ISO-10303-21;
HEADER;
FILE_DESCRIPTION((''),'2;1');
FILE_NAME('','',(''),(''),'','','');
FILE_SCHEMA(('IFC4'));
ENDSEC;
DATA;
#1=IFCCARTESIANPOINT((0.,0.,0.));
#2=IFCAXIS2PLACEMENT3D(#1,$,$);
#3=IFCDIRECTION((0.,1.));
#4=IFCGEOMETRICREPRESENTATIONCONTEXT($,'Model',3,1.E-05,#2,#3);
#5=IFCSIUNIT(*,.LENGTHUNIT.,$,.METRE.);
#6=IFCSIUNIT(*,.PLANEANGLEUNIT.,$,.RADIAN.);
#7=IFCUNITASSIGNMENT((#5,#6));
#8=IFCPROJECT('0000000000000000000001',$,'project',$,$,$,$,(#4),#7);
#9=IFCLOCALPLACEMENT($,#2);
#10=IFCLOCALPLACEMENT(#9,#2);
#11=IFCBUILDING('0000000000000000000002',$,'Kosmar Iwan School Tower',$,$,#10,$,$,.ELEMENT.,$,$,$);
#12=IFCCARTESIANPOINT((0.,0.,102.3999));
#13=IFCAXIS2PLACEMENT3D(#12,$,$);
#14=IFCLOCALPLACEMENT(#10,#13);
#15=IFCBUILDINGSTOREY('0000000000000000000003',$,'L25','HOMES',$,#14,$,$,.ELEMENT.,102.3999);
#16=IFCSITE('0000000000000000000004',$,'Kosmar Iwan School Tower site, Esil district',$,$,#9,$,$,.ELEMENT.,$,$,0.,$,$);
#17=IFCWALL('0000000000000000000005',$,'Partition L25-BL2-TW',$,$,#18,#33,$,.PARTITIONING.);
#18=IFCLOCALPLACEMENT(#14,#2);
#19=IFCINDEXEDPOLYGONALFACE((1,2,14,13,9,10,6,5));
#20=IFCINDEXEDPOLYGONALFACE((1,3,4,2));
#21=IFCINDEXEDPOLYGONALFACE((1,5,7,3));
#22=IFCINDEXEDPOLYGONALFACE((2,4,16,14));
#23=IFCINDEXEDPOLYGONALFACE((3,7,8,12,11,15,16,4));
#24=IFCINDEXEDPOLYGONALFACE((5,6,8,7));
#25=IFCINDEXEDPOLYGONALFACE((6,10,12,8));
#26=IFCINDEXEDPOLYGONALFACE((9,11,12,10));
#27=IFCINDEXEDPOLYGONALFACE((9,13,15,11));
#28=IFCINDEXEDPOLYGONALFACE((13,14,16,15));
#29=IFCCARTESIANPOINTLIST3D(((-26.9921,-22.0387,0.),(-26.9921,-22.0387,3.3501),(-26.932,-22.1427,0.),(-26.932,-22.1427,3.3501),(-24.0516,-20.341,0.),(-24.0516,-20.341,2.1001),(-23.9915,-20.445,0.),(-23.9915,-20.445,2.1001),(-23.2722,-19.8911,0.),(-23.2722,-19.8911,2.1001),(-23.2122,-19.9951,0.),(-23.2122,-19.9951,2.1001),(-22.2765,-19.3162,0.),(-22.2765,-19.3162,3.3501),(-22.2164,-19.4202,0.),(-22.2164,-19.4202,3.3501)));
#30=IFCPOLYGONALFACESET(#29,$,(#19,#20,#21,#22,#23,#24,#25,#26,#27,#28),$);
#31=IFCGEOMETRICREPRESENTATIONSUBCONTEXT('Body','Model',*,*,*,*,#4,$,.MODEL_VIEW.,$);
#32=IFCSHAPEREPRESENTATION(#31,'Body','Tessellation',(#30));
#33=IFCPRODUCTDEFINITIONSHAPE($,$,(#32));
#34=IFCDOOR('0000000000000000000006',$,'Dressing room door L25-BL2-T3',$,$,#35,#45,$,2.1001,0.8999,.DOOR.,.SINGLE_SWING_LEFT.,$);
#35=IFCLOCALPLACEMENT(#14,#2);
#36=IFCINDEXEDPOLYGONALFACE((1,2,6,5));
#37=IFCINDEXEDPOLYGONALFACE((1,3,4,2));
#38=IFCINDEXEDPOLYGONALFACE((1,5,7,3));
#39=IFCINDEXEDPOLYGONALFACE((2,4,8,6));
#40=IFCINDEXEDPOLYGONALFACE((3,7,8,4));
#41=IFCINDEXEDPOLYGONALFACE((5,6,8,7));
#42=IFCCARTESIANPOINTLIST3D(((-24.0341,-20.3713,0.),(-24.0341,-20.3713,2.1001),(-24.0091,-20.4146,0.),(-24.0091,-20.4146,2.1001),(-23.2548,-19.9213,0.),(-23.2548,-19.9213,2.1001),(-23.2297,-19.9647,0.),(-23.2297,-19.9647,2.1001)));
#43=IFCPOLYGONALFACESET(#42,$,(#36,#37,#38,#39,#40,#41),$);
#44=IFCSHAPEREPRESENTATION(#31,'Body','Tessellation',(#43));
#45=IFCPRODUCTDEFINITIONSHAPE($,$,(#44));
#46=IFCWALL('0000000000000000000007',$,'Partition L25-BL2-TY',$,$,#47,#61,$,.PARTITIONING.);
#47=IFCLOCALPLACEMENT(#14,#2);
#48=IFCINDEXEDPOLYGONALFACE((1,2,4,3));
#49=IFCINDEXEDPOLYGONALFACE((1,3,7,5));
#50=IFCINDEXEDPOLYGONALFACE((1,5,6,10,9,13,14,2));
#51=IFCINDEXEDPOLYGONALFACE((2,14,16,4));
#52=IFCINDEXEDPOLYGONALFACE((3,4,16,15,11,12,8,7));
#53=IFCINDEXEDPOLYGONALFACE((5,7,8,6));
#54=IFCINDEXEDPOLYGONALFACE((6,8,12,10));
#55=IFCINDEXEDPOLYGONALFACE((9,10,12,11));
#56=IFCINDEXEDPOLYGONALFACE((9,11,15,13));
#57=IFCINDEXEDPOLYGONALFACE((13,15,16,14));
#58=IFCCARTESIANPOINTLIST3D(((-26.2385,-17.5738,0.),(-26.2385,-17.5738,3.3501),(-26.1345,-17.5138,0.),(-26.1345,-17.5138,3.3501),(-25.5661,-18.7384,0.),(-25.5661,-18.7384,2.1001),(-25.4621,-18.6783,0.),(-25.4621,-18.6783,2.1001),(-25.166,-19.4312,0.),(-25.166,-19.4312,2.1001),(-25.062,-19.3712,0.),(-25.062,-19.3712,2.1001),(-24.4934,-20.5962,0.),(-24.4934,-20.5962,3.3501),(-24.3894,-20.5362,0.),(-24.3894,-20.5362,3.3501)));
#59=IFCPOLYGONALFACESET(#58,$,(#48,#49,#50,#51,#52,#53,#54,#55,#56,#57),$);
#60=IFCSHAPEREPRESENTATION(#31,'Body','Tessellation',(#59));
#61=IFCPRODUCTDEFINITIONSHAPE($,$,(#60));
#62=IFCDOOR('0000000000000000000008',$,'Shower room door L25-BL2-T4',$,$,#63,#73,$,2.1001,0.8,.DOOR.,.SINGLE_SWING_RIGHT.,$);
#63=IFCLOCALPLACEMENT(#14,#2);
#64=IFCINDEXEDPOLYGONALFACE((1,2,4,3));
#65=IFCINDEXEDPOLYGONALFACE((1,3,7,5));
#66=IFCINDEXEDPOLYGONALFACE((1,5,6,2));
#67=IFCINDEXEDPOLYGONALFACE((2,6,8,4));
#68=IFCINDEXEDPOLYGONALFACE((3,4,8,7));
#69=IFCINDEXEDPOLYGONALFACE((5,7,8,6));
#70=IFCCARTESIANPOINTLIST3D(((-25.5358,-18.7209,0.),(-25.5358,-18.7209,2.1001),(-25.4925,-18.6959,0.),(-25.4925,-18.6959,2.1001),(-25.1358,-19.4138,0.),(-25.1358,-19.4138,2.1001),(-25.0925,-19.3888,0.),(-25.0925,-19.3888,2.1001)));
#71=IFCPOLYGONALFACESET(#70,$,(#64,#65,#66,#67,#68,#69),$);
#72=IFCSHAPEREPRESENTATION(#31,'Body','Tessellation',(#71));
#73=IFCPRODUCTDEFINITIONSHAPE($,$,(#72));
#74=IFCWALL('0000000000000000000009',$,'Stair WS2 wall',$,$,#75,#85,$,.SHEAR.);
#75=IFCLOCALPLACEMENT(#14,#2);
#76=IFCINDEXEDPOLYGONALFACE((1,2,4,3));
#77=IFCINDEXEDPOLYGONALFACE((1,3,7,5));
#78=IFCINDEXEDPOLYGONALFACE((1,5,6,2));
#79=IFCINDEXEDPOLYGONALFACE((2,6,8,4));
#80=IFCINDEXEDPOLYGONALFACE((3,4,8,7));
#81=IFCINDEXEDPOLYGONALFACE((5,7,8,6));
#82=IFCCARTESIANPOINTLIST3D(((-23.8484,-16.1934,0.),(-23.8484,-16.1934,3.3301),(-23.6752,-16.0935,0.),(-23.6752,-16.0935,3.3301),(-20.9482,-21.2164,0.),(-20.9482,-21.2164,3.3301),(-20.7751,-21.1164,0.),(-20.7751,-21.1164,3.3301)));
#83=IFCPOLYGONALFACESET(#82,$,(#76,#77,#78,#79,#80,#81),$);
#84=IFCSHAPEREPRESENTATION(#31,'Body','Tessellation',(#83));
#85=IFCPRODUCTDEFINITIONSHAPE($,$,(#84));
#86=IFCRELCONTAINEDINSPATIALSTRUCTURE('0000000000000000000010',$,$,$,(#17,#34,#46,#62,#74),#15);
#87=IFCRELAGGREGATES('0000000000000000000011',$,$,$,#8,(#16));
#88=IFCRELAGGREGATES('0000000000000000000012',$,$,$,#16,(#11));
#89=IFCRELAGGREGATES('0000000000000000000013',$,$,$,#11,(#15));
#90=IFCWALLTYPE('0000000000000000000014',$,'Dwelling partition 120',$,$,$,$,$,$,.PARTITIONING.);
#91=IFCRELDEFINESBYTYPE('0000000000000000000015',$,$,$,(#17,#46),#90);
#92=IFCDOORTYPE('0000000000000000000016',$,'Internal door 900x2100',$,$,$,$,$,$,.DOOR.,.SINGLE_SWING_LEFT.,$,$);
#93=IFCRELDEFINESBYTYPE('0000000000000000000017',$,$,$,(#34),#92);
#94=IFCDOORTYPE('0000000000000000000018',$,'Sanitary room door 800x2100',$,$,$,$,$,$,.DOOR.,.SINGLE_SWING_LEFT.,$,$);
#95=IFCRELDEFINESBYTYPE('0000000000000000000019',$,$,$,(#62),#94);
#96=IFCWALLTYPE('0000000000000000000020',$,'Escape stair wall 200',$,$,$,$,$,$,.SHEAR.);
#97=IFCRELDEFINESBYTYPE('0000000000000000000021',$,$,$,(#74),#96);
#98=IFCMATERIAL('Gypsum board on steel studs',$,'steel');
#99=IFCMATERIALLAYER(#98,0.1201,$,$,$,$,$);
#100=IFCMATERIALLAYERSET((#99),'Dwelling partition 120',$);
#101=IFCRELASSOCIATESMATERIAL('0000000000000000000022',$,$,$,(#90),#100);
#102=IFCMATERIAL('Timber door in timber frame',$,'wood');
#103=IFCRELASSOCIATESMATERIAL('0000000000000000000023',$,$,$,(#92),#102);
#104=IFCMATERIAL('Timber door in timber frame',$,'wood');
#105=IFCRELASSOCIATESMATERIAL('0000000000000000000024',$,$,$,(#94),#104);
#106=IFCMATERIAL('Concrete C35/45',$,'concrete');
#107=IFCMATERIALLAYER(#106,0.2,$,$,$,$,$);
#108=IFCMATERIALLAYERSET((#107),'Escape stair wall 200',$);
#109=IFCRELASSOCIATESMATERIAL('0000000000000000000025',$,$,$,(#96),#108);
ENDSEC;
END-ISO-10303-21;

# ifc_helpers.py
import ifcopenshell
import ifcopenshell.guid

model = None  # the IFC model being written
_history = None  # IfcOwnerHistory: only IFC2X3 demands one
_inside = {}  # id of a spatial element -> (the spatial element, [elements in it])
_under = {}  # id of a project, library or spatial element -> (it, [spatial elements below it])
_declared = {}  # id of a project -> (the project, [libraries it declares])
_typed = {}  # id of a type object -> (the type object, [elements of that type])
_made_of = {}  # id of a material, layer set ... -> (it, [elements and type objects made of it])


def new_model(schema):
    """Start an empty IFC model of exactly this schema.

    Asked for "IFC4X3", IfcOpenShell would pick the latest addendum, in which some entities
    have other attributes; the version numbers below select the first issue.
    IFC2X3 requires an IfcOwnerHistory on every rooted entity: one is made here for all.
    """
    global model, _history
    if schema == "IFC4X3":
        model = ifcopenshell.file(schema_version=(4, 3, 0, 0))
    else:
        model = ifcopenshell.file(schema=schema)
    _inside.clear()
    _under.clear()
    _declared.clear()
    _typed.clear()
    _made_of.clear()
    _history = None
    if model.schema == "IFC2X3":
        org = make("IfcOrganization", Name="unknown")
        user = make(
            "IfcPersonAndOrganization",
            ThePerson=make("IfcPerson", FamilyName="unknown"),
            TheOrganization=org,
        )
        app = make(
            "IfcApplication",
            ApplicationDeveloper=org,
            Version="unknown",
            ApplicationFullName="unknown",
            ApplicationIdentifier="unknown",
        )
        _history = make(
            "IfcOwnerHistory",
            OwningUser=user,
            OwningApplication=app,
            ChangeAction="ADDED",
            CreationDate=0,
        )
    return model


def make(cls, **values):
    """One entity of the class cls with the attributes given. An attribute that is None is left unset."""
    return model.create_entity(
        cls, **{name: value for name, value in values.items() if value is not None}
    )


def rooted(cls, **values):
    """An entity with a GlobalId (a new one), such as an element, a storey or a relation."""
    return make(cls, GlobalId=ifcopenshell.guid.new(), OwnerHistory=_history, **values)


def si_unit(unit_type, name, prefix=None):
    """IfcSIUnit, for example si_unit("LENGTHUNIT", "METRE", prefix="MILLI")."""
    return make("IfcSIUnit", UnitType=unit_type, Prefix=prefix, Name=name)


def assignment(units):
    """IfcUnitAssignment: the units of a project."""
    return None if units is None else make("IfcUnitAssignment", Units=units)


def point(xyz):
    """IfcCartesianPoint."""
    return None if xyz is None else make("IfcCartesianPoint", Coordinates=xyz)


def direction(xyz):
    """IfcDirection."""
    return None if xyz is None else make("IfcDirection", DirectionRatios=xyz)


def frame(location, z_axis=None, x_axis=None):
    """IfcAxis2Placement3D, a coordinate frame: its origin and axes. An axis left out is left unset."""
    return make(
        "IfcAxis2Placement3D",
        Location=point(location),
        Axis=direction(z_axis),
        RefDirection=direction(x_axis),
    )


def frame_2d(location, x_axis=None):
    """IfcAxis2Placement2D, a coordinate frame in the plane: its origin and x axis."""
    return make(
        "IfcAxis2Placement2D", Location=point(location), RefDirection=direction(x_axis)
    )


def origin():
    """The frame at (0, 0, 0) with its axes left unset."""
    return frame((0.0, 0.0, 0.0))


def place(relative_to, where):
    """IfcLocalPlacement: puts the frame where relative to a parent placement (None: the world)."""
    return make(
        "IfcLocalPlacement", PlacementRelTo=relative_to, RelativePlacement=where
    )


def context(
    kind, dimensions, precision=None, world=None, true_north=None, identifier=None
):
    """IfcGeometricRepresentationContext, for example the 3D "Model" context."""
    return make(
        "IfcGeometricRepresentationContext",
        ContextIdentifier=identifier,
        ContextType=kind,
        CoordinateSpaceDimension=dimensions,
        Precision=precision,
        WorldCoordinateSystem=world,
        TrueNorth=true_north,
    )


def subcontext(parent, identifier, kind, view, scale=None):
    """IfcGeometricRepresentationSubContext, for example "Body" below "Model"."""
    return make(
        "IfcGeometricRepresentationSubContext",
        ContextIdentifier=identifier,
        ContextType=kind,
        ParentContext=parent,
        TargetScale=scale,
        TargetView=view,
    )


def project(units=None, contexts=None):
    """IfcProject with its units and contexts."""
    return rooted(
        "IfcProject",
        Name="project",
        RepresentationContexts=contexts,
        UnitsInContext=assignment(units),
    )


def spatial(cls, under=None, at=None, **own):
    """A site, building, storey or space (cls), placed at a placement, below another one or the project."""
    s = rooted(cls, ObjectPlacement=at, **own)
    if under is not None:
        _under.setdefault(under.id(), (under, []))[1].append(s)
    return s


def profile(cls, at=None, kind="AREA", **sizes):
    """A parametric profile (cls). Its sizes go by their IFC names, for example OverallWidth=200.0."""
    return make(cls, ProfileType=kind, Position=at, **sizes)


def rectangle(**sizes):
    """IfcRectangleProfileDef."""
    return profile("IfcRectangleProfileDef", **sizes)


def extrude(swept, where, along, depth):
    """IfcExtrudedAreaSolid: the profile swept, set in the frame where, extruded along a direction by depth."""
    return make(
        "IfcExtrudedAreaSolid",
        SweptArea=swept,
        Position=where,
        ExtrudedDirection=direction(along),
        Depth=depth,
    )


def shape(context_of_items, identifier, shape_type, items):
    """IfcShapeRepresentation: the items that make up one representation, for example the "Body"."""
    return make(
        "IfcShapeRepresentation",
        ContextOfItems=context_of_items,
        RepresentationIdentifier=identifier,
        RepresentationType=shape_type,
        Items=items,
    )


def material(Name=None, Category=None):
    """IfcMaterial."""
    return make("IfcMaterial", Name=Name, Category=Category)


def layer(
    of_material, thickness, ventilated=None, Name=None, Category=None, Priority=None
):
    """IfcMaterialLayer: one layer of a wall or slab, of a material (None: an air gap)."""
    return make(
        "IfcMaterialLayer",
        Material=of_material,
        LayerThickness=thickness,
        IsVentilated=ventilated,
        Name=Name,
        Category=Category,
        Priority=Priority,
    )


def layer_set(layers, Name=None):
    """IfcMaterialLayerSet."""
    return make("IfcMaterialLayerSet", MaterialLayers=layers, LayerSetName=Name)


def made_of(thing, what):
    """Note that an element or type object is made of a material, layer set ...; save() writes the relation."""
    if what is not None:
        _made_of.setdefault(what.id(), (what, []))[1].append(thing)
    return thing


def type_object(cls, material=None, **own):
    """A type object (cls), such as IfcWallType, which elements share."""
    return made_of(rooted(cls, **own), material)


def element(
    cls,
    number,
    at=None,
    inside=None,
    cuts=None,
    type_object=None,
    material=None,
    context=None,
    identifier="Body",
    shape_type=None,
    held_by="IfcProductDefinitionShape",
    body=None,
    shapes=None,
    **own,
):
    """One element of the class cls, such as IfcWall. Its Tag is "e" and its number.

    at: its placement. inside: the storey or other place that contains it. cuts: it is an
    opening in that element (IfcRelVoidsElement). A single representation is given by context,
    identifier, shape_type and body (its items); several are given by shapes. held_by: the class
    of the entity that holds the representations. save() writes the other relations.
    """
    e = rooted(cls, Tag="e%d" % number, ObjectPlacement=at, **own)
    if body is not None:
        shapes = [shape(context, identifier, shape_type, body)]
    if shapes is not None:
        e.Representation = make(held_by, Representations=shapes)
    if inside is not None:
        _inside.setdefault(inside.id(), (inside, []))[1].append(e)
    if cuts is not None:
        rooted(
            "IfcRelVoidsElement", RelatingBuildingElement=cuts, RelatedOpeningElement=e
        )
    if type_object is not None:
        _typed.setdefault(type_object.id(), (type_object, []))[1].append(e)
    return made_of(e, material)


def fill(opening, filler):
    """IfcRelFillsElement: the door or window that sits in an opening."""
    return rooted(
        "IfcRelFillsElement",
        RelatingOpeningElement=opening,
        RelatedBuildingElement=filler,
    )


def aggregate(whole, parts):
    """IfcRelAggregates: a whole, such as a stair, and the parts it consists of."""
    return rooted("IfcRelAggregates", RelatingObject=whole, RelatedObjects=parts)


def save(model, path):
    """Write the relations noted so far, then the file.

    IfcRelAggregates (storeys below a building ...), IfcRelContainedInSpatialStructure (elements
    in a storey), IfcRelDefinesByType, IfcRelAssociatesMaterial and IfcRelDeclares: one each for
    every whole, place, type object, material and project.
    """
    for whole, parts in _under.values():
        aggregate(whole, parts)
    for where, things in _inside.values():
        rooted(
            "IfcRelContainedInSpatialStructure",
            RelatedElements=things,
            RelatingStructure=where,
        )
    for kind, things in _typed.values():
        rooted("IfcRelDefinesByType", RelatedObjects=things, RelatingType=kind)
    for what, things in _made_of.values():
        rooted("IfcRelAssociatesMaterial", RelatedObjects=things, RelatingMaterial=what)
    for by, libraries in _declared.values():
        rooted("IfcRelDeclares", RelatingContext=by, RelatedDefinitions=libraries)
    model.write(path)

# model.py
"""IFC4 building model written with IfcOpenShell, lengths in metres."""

from ifc_helpers import new_model, si_unit, direction, frame, frame_2d, origin, place, context, subcontext, project, spatial, rectangle, extrude, material, layer, layer_set, type_object, element, fill, save


model = new_model("IFC4")

# Units and contexts
model_context = context("Model", 3, precision=1e-05, world=origin(), true_north=direction((0.0, 1.0)))
body_context = subcontext(model_context, "Body", "Model", "MODEL_VIEW")
ifc_project = project(units=[si_unit("LENGTHUNIT", "METRE"), si_unit("PLANEANGLEUNIT", "RADIAN")], contexts=[model_context])

# Site, building, storey
site_placement = place(None, origin())
site = spatial("IfcSite", under=ifc_project, at=site_placement, Name="Kosmar Iwan School Tower site, Esil district", CompositionType="ELEMENT", RefElevation=0.0)
building_placement = place(site_placement, origin())
building = spatial("IfcBuilding", under=site, at=building_placement, Name="Kosmar Iwan School Tower", CompositionType="ELEMENT")
storey_placement = place(building_placement, frame((0.0, 0.0, 102.3999)))
storey = spatial("IfcBuildingStorey", under=building, at=storey_placement, Name="L25", Description="HOMES", CompositionType="ELEMENT", Elevation=102.3999)

# Walls, openings, doors
ifc_material_1 = material(Name="Gypsum board on steel studs", Category="steel")
ifc_layer_1 = layer(ifc_material_1, 0.1201)
ifc_layer_set_1 = layer_set([ifc_layer_1], Name="Dwelling partition 120")
wall_type_1 = type_object("IfcWallType", Name="Dwelling partition 120", PredefinedType="PARTITIONING", material=ifc_layer_set_1)
ifc_material_2 = material(Name="Timber door in timber frame", Category="wood")
door_type_1 = type_object("IfcDoorType", Name="Internal door 900x2100", OperationType="SINGLE_SWING_LEFT", PredefinedType="DOOR", material=ifc_material_2)
wall_1_placement = place(storey_placement, frame((-22.2463, -19.3682, 0.0), z_axis=(0.0, 0.0, 1.0), x_axis=(-0.866036, -0.499982, 0.0)))
wall_1 = element("IfcWall", 1, at=wall_1_placement, inside=storey, type_object=wall_type_1, Name="Partition L25-BL2-TW", PredefinedType="PARTITIONING", context=body_context, shape_type="SweptSolid", body=[
    extrude(rectangle(XDim=5.4451, YDim=0.1201, at=frame_2d((2.7227, 0.0))), origin(), (0.0, 0.0, 1.0), 3.3501),
])
opening_1_placement = place(wall_1_placement, frame((1.1499, 0.0, 0.0)))
opening_1 = element("IfcOpeningElement", 2, at=opening_1_placement, cuts=wall_1, PredefinedType="OPENING", context=body_context, shape_type="SweptSolid", body=[
    extrude(rectangle(XDim=0.8999, YDim=2.1001, at=frame_2d((0.45, 1.05))), frame((0.0, 0.072, 0.0), z_axis=(0.0, -1.0, 0.0), x_axis=(1.0, 0.0, 0.0)), (0.0, 0.0, 1.0), 0.144),
])
door_1_placement = place(opening_1_placement, origin())
door_1 = element("IfcDoor", 3, at=door_1_placement, inside=storey, type_object=door_type_1, Name="Dressing room door L25-BL2-T3", OperationType="SINGLE_SWING_LEFT", OverallHeight=2.1001, OverallWidth=0.8999, PredefinedType="DOOR", context=body_context, shape_type="SweptSolid", body=[
    extrude(rectangle(XDim=0.8999, YDim=2.1001, at=frame_2d((0.45, 1.05))), frame((0.0, 0.0249, 0.0), z_axis=(0.0, -1.0, 0.0), x_axis=(1.0, 0.0, 0.0)), (0.0, 0.0, 1.0), 0.05),
])
fill(opening_1, door_1)
wall_2_placement = place(storey_placement, frame((-26.1865, -17.5437, 0.0), z_axis=(0.0, 0.0, 1.0), x_axis=(0.500021, -0.866013, 0.0)))
wall_2 = element("IfcWall", 4, at=wall_2_placement, inside=storey, type_object=wall_type_1, Name="Partition L25-BL2-TY", PredefinedType="PARTITIONING", context=body_context, shape_type="SweptSolid", body=[
    extrude(rectangle(XDim=3.49, YDim=0.1201, at=frame_2d((1.7451, 0.0))), origin(), (0.0, 0.0, 1.0), 3.3501),
])
opening_2_placement = place(wall_2_placement, frame((1.345, 0.0, 0.0)))
opening_2 = element("IfcOpeningElement", 5, at=opening_2_placement, cuts=wall_2, PredefinedType="OPENING", context=body_context, shape_type="SweptSolid", body=[
    extrude(rectangle(XDim=0.8, YDim=2.1001, at=frame_2d((0.3999, 1.05))), frame((0.0, 0.072, 0.0), z_axis=(0.0, -1.0, 0.0), x_axis=(1.0, 0.0, 0.0)), (0.0, 0.0, 1.0), 0.144),
])
ifc_material_3 = material(Name="Timber door in timber frame", Category="wood")
door_type_2 = type_object("IfcDoorType", Name="Sanitary room door 800x2100", OperationType="SINGLE_SWING_LEFT", PredefinedType="DOOR", material=ifc_material_3)
door_2_placement = place(opening_2_placement, origin())
door_2 = element("IfcDoor", 6, at=door_2_placement, inside=storey, type_object=door_type_2, Name="Shower room door L25-BL2-T4", OperationType="SINGLE_SWING_RIGHT", OverallHeight=2.1001, OverallWidth=0.8, PredefinedType="DOOR", context=body_context, shape_type="SweptSolid", body=[
    extrude(rectangle(XDim=0.8, YDim=2.1001, at=frame_2d((0.3999, 1.05))), frame((0.0, 0.0249, 0.0), z_axis=(0.0, -1.0, 0.0), x_axis=(1.0, 0.0, 0.0)), (0.0, 0.0, 1.0), 0.05),
])
fill(opening_2, door_2)

# Wall
ifc_material_4 = material(Name="Concrete C35/45", Category="concrete")
ifc_layer_2 = layer(ifc_material_4, 0.2)
ifc_layer_set_2 = layer_set([ifc_layer_2], Name="Escape stair wall 200")
wall_type_2 = type_object("IfcWallType", Name="Escape stair wall 200", PredefinedType="SHEAR", material=ifc_layer_set_2)
wall_3_placement = place(storey_placement, frame((-23.7617, -16.1436, 0.0), z_axis=(0.0, 0.0, 1.0), x_axis=(0.500019, -0.866015, 0.0)))
element("IfcWall", 7, at=wall_3_placement, inside=storey, type_object=wall_type_2, Name="Stair WS2 wall", PredefinedType="SHEAR", context=body_context, shape_type="SweptSolid", body=[
    extrude(rectangle(XDim=5.8, YDim=0.2, at=frame_2d((2.8999, 0.0))), origin(), (0.0, 0.0, 1.0), 3.3301),
])

save(model, "model.ifc")
